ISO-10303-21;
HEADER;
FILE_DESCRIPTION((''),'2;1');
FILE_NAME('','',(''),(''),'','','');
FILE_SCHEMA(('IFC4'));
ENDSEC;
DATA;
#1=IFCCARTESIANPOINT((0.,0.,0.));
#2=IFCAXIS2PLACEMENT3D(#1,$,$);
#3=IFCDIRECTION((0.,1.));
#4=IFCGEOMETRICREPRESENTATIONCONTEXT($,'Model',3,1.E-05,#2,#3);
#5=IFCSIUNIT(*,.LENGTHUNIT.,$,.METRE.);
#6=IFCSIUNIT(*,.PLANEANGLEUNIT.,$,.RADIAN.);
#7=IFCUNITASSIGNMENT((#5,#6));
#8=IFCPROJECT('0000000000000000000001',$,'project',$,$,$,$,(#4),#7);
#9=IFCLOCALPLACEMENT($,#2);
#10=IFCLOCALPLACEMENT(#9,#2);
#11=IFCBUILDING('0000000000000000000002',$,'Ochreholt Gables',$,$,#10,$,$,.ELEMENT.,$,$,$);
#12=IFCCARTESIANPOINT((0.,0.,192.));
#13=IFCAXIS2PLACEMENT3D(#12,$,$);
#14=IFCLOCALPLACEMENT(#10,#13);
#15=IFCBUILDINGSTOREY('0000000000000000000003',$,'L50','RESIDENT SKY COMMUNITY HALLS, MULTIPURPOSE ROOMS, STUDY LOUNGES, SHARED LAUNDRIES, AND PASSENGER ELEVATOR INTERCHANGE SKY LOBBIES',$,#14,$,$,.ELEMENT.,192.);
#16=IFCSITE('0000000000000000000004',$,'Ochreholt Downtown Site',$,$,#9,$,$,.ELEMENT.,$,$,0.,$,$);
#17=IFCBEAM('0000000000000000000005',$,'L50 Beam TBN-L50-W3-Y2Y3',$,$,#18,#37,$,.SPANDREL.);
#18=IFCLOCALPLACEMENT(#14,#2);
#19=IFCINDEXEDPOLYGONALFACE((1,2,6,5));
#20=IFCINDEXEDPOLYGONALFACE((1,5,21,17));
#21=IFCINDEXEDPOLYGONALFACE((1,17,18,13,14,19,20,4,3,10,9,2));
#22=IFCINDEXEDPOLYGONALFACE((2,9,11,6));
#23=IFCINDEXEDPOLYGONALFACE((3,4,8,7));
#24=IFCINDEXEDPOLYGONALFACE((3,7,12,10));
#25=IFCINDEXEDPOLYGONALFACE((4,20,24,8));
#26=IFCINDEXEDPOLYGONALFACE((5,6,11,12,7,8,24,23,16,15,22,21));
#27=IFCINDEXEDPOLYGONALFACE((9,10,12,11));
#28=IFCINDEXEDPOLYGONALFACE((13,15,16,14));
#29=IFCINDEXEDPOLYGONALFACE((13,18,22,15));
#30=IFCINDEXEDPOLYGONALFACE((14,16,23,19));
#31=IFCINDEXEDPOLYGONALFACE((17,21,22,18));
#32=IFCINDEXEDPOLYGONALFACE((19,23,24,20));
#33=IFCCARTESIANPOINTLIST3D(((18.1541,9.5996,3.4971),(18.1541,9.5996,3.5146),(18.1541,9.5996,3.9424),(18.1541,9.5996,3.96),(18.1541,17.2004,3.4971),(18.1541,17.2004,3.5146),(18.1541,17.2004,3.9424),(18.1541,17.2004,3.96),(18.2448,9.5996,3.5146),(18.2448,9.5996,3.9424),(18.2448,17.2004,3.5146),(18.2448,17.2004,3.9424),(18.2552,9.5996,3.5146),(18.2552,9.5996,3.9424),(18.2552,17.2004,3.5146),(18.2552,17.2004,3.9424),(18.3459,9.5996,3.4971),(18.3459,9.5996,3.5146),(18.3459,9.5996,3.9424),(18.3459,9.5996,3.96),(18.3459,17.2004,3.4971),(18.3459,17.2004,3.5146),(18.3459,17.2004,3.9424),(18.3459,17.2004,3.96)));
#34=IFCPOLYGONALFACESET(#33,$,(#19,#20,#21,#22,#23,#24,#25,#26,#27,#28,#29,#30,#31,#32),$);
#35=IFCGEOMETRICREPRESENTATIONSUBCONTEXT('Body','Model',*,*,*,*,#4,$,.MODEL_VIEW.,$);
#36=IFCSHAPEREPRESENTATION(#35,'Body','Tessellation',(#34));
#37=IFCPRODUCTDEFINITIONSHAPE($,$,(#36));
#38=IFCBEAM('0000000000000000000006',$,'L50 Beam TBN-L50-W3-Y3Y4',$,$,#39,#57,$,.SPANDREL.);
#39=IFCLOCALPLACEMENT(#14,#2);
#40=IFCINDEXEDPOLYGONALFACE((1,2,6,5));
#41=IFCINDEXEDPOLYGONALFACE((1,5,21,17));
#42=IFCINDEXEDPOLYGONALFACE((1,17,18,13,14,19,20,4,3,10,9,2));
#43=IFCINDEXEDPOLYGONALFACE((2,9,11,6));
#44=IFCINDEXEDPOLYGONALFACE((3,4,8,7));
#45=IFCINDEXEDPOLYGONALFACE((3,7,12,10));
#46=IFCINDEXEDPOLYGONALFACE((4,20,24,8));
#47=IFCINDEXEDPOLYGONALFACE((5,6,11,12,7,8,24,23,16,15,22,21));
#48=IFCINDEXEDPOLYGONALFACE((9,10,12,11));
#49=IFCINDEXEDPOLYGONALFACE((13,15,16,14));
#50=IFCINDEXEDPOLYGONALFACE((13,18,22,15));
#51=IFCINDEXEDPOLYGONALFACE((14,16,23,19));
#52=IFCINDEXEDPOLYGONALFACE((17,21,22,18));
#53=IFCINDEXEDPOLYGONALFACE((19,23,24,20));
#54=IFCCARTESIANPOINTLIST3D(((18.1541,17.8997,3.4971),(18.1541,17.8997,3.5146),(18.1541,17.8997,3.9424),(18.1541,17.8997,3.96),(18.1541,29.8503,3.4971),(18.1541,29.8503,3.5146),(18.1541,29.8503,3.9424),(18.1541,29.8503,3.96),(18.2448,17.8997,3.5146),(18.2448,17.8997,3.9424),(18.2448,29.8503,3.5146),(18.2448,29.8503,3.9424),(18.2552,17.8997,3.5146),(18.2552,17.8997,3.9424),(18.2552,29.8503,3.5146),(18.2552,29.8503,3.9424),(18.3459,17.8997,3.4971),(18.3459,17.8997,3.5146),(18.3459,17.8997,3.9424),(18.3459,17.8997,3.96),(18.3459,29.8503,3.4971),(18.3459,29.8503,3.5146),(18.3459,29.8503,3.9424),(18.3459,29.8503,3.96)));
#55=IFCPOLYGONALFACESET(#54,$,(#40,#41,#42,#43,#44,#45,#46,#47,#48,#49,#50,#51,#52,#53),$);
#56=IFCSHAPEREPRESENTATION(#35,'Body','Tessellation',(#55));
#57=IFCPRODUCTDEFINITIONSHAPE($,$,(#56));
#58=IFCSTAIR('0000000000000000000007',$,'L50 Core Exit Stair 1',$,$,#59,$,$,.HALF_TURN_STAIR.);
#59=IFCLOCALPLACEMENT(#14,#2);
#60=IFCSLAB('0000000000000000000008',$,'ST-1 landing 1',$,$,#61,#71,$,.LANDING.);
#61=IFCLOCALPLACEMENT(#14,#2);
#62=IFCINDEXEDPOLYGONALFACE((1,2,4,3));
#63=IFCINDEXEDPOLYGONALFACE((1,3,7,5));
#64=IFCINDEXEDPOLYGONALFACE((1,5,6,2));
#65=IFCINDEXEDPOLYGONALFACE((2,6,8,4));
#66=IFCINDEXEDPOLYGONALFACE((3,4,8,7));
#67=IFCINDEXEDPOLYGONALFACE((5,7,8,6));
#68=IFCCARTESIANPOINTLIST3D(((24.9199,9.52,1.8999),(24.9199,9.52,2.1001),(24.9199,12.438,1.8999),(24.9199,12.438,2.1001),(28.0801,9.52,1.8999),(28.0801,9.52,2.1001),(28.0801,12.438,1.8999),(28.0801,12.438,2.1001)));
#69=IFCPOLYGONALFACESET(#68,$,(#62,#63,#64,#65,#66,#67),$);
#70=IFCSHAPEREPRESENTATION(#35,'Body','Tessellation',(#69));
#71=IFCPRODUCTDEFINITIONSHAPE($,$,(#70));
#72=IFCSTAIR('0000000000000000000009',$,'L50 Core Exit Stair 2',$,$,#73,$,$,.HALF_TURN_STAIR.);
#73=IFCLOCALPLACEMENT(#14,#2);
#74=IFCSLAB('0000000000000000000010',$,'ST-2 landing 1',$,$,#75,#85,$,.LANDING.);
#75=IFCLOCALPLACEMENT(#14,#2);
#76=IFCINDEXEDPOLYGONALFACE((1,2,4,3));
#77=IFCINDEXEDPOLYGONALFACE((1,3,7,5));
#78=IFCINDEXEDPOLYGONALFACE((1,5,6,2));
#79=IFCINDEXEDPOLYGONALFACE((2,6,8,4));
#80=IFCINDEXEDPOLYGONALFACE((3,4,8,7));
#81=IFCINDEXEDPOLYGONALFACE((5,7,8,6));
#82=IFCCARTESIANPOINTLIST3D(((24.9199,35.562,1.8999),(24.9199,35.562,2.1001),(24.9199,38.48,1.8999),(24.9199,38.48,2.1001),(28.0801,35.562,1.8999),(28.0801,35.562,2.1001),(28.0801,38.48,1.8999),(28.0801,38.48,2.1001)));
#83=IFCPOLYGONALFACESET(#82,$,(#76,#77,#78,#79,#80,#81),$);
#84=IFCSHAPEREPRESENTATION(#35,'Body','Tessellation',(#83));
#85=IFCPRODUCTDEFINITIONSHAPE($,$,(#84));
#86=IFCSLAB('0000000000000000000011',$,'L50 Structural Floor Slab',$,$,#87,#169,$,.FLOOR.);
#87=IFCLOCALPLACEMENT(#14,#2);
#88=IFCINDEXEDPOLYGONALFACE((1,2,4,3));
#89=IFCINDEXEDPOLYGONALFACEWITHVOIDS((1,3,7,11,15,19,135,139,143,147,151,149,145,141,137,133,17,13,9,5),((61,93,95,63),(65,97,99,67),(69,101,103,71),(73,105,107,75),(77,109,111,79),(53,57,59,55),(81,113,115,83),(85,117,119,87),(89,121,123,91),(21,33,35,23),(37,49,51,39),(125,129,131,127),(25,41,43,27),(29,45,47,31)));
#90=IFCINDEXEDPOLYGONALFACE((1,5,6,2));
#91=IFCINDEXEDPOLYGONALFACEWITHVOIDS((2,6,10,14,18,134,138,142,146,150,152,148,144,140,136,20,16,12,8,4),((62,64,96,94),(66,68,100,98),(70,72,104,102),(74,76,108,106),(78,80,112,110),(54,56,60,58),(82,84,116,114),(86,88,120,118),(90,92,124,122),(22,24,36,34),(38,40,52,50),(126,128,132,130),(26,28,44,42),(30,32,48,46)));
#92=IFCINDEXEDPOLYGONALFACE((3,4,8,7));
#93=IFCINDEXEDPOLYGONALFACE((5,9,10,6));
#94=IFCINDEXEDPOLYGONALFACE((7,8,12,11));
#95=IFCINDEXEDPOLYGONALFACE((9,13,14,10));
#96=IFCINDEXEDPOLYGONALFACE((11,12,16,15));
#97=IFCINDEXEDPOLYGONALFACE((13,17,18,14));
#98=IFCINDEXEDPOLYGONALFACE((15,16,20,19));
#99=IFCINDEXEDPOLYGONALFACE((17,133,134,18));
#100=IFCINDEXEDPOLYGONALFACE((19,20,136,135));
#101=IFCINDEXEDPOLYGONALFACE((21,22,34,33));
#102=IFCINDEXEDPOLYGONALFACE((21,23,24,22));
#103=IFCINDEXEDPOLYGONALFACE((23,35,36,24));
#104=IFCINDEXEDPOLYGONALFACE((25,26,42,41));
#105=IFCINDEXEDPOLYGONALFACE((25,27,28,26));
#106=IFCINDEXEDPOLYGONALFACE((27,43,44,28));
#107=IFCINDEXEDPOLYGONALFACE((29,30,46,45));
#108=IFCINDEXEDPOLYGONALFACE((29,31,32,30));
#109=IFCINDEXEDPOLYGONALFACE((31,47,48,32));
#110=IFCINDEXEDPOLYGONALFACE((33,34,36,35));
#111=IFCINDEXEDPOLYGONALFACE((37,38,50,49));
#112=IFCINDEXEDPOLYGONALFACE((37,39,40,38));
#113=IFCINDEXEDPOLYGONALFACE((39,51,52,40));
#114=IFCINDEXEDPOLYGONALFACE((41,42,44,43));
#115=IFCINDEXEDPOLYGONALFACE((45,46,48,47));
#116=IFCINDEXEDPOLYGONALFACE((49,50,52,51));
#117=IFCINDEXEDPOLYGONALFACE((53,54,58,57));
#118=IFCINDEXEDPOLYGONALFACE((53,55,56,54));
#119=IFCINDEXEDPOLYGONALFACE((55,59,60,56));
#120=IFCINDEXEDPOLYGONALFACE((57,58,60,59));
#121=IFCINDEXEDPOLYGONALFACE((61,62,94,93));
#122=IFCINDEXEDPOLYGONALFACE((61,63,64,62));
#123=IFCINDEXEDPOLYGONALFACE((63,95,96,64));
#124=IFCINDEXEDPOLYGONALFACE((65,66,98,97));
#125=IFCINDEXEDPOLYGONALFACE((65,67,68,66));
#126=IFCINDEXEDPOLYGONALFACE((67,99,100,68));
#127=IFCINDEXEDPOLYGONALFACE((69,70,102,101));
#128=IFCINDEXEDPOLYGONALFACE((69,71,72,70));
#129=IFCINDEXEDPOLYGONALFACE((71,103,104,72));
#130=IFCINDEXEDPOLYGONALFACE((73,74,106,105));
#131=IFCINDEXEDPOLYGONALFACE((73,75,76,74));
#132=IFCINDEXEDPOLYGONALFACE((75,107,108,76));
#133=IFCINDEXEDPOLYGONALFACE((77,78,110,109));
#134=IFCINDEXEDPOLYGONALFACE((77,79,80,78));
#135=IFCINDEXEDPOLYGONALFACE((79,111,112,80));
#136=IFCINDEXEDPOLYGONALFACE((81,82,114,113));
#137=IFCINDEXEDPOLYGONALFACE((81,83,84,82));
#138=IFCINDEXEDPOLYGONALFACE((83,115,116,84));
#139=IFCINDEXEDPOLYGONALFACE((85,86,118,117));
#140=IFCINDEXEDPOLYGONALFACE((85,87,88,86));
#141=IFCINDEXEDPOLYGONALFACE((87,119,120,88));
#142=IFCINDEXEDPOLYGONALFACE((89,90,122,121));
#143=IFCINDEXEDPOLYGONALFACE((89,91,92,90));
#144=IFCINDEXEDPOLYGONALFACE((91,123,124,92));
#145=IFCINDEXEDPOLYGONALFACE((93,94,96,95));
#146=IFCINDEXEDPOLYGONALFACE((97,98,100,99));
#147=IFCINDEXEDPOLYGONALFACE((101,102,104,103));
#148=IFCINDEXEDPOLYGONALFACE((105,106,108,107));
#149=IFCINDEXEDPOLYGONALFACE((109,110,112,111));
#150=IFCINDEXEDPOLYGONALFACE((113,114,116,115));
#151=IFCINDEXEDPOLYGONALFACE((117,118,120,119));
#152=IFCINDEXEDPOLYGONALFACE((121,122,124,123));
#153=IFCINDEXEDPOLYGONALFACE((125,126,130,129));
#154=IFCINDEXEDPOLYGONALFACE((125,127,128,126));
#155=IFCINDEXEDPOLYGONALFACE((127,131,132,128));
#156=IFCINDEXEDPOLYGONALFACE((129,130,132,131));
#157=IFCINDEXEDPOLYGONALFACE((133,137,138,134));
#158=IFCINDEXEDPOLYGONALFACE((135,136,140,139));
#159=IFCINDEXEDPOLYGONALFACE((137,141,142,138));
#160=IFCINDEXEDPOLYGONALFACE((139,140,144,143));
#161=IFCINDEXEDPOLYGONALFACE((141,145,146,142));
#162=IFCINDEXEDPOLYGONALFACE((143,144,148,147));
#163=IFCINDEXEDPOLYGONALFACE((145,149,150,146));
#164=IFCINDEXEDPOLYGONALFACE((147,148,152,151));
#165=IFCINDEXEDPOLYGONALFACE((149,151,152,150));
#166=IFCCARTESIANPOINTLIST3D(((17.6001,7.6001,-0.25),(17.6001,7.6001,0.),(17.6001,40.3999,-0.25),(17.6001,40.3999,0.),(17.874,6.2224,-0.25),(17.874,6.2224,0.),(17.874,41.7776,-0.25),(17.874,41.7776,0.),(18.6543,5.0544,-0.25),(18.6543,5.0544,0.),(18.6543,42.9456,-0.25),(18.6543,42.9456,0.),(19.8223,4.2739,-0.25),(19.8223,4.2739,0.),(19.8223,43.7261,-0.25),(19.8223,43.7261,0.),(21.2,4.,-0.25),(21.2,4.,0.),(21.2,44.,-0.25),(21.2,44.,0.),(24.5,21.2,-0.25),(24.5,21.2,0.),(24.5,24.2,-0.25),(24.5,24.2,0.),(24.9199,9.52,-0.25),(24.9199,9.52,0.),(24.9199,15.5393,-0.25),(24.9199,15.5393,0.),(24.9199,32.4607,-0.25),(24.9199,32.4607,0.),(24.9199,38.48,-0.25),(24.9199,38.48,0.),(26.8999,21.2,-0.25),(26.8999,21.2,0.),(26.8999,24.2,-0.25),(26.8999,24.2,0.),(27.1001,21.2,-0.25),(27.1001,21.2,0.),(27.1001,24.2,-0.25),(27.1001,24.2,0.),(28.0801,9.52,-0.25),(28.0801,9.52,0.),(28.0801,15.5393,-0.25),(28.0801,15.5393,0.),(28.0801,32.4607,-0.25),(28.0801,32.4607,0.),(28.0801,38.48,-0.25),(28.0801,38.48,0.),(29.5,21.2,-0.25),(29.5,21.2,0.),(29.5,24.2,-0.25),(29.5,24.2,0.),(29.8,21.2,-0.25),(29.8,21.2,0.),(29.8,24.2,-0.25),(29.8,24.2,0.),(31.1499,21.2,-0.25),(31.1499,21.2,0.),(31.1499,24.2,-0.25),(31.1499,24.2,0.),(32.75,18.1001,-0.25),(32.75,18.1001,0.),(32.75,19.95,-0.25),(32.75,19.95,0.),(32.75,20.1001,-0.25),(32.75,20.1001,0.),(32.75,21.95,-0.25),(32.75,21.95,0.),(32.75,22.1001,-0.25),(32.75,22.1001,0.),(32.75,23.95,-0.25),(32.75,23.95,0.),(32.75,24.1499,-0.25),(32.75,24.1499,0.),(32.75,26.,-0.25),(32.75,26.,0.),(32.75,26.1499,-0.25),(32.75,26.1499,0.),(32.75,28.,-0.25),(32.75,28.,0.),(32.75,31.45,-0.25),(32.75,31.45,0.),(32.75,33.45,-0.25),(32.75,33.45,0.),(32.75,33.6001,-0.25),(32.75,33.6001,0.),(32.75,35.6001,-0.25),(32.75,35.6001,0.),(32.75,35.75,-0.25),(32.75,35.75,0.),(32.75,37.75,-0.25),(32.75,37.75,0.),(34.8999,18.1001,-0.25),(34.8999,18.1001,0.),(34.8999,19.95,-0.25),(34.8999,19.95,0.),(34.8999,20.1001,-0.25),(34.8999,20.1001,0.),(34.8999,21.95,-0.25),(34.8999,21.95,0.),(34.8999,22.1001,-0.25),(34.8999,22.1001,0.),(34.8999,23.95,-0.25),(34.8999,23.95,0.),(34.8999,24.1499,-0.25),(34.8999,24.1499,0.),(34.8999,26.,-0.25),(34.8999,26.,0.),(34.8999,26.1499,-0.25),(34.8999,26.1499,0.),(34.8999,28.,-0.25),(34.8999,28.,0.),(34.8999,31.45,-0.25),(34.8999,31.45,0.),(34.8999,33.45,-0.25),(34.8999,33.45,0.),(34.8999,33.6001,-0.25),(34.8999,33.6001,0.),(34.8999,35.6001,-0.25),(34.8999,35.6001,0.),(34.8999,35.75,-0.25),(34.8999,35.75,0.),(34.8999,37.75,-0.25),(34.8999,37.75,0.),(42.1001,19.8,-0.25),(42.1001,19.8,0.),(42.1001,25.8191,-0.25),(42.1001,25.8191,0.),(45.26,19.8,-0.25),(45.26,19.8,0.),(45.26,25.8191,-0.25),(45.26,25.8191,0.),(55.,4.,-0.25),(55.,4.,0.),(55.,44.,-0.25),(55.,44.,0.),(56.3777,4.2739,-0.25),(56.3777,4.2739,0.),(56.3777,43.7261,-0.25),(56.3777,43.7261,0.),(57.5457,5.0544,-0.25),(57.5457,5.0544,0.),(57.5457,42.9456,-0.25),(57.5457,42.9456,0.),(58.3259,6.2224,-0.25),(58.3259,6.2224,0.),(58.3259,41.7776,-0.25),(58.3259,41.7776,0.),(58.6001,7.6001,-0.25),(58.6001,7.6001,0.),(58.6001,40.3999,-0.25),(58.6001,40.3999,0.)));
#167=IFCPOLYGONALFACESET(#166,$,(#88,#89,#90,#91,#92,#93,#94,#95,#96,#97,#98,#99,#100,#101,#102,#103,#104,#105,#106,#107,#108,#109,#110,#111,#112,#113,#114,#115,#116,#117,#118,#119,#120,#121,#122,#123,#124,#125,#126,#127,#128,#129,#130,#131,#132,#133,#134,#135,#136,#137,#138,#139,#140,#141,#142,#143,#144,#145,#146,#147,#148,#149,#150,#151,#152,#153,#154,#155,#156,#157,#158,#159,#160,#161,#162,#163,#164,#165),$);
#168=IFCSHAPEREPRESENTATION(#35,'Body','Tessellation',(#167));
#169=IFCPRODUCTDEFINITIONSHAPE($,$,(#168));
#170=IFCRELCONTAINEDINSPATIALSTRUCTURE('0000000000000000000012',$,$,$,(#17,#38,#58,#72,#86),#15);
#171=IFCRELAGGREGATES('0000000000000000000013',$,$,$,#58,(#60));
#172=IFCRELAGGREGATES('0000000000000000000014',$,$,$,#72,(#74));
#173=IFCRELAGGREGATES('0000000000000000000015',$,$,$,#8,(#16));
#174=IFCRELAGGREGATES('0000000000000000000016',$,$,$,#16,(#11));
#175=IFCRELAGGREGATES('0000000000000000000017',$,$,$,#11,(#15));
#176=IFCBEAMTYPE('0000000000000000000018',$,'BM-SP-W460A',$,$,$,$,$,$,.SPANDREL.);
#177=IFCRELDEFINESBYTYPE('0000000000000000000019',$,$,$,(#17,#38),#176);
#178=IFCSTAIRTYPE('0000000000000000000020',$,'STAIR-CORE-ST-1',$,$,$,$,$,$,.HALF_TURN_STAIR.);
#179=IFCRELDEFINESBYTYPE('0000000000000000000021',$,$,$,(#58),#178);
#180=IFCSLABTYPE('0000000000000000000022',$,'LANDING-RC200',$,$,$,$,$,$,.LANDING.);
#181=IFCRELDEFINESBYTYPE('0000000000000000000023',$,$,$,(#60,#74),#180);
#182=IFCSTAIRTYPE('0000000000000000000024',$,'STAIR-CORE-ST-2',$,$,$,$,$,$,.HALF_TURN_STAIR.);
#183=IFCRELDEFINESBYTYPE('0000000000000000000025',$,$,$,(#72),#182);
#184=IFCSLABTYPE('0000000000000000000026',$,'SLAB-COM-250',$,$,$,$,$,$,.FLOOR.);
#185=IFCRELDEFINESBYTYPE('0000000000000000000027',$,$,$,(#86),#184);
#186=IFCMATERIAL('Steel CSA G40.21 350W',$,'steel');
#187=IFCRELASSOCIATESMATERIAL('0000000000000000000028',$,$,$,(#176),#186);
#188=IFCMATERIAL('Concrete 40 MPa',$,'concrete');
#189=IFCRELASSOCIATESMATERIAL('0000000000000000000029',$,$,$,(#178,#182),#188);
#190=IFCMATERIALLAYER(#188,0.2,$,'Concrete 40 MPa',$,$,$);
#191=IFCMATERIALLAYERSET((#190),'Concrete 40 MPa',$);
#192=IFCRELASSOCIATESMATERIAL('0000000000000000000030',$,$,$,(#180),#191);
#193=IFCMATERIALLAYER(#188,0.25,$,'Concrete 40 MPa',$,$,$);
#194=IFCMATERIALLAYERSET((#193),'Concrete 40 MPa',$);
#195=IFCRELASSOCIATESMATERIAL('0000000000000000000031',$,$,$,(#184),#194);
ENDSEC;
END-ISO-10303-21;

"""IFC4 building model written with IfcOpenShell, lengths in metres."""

from ifc_helpers import new_model, si_unit, direction, frame, origin, origin_2d, place, context, subcontext, project, spatial, polyline, i_section, outline, extrude, material, layer, layer_set, material_profile, profile_set, type_object, element, aggregate, save


model = new_model("IFC4")

# Units and contexts
model_context = context("Model", 3, precision=1e-05, world=origin(), true_north=direction((0.0, 1.0)))
body_context = subcontext(model_context, "Body", "Model", "MODEL_VIEW")
ifc_project = project(units=[si_unit("LENGTHUNIT", "METRE"), si_unit("PLANEANGLEUNIT", "RADIAN")], contexts=[model_context])

# Site, building, storey
site_placement = place(None, origin())
site = spatial("IfcSite", under=ifc_project, at=site_placement, Name="Ochreholt Downtown Site", CompositionType="ELEMENT", RefElevation=0.0)
building_placement = place(site_placement, origin())
building = spatial("IfcBuilding", under=site, at=building_placement, Name="Ochreholt Gables", CompositionType="ELEMENT")
storey_placement = place(building_placement, frame((0.0, 0.0, 192.0)))
storey = spatial("IfcBuildingStorey", under=building, at=storey_placement, Name="L50", Description="RESIDENT SKY COMMUNITY HALLS, MULTIPURPOSE ROOMS, STUDY LOUNGES, SHARED LAUNDRIES, AND PASSENGER ELEVATOR INTERCHANGE SKY LOBBIES", CompositionType="ELEMENT", Elevation=192.0)

# Beams
ifc_material_1 = material(Name="Steel CSA G40.21 350W", Category="steel")
ifc_material_profile_1 = material_profile(ifc_material_1, i_section(OverallWidth=0.1919, OverallDepth=0.4629, WebThickness=0.0105, FlangeThickness=0.0176, at=origin_2d()), Name="W460X89")
ifc_profile_set_1 = profile_set([ifc_material_profile_1], Name="Steel CSA G40.21 350W")
beam_type_1 = type_object("IfcBeamType", Name="BM-SP-W460A", PredefinedType="SPANDREL", material=ifc_profile_set_1)
beam_1_placement = place(storey_placement, frame((18.25, 9.5996, 3.7285), z_axis=(0.0, 1.0, 0.0), x_axis=(-1.0, 0.0, 0.0)))
element("IfcBeam", 1, at=beam_1_placement, inside=storey, type_object=beam_type_1, Name="L50 Beam TBN-L50-W3-Y2Y3", PredefinedType="SPANDREL", context=body_context, shape_type="SweptSolid", body=[
    extrude(i_section(OverallWidth=0.1919, OverallDepth=0.4629, WebThickness=0.0105, FlangeThickness=0.0176, at=origin_2d()), origin(), (0.0, 0.0, 1.0), 7.6008),
])
beam_2_placement = place(storey_placement, frame((18.25, 17.8997, 3.7285), z_axis=(0.0, 1.0, 0.0), x_axis=(-1.0, 0.0, 0.0)))
element("IfcBeam", 2, at=beam_2_placement, inside=storey, type_object=beam_type_1, Name="L50 Beam TBN-L50-W3-Y3Y4", PredefinedType="SPANDREL", context=body_context, shape_type="SweptSolid", body=[
    extrude(i_section(OverallWidth=0.1919, OverallDepth=0.4629, WebThickness=0.0105, FlangeThickness=0.0176, at=origin_2d()), origin(), (0.0, 0.0, 1.0), 11.9507),
])

# Stairs, slabs
ifc_material_2 = material(Name="Concrete 40 MPa", Category="concrete")
stair_type_1 = type_object("IfcStairType", Name="STAIR-CORE-ST-1", PredefinedType="HALF_TURN_STAIR", material=ifc_material_2)
stair_1_placement = place(storey_placement, origin())
stair_1 = element("IfcStair", 3, at=stair_1_placement, inside=storey, type_object=stair_type_1, Name="L50 Core Exit Stair 1", PredefinedType="HALF_TURN_STAIR")
ifc_layer_1 = layer(ifc_material_2, 0.2, Name="Concrete 40 MPa")
ifc_layer_set_1 = layer_set([ifc_layer_1], Name="Concrete 40 MPa")
slab_type_1 = type_object("IfcSlabType", Name="LANDING-RC200", PredefinedType="LANDING", material=ifc_layer_set_1)
slab_1_placement = place(storey_placement, frame((0.0, 0.0, 1.8999)))
slab_1 = element("IfcSlab", 4, at=slab_1_placement, type_object=slab_type_1, Name="ST-1 landing 1", PredefinedType="LANDING", context=body_context, shape_type="SweptSolid", body=[
    extrude(outline(polyline([(24.9199, 12.438), (24.9199, 9.52), (28.0801, 9.52), (28.0801, 12.438), (24.9199, 12.438)])), origin(), (0.0, 0.0, 1.0), 0.2002),
])
aggregate(stair_1, [slab_1])
stair_type_2 = type_object("IfcStairType", Name="STAIR-CORE-ST-2", PredefinedType="HALF_TURN_STAIR", material=ifc_material_2)
stair_2_placement = place(storey_placement, origin())
stair_2 = element("IfcStair", 5, at=stair_2_placement, inside=storey, type_object=stair_type_2, Name="L50 Core Exit Stair 2", PredefinedType="HALF_TURN_STAIR")
slab_2_placement = place(storey_placement, frame((0.0, 0.0, 1.8999)))
slab_2 = element("IfcSlab", 6, at=slab_2_placement, type_object=slab_type_1, Name="ST-2 landing 1", PredefinedType="LANDING", context=body_context, shape_type="SweptSolid", body=[
    extrude(outline(polyline([(28.0801, 35.562), (28.0801, 38.48), (24.9199, 38.48), (24.9199, 35.562), (28.0801, 35.562)])), origin(), (0.0, 0.0, 1.0), 0.2002),
])
aggregate(stair_2, [slab_2])

# Slab
ifc_layer_2 = layer(ifc_material_2, 0.25, Name="Concrete 40 MPa")
ifc_layer_set_2 = layer_set([ifc_layer_2], Name="Concrete 40 MPa")
slab_type_2 = type_object("IfcSlabType", Name="SLAB-COM-250", PredefinedType="FLOOR", material=ifc_layer_set_2)
slab_3_placement = place(storey_placement, frame((0.0, 0.0, -0.25)))
element("IfcSlab", 7, at=slab_3_placement, inside=storey, type_object=slab_type_2, Name="L50 Structural Floor Slab", PredefinedType="FLOOR", context=body_context, shape_type="SweptSolid", body=[
    extrude(outline(polyline([(17.6001, 7.6001), (17.874, 6.2224), (18.6543, 5.0544), (19.8223, 4.2739), (21.2, 4.0), (55.0, 4.0), (56.3777, 4.2739), (57.5457, 5.0544), (58.3259, 6.2224), (58.6001, 7.6001), (58.6001, 40.3999), (58.3259, 41.7776), (57.5457, 42.9456), (56.3777, 43.7261), (55.0, 44.0), (21.2, 44.0), (19.8223, 43.7261), (18.6543, 42.9456), (17.874, 41.7776), (17.6001, 40.3999), (17.6001, 7.6001)]), holes=[polyline([(24.9199, 15.5393), (24.9199, 9.52), (28.0801, 9.52), (28.0801, 15.5393), (24.9199, 15.5393)]), polyline([(28.0801, 32.4607), (28.0801, 38.48), (24.9199, 38.48), (24.9199, 32.4607), (28.0801, 32.4607)]), polyline([(42.1001, 25.8191), (42.1001, 19.8), (45.26, 19.8), (45.26, 25.8191), (42.1001, 25.8191)]), polyline([(24.5, 21.2), (26.8999, 21.2), (26.8999, 24.2), (24.5, 24.2), (24.5, 21.2)]), polyline([(27.1001, 21.2), (29.5, 21.2), (29.5, 24.2), (27.1001, 24.2), (27.1001, 21.2)]), polyline([(32.75, 18.1001), (34.8999, 18.1001), (34.8999, 19.95), (32.75, 19.95), (32.75, 18.1001)]), polyline([(32.75, 20.1001), (34.8999, 20.1001), (34.8999, 21.95), (32.75, 21.95), (32.75, 20.1001)]), polyline([(32.75, 22.1001), (34.8999, 22.1001), (34.8999, 23.95), (32.75, 23.95), (32.75, 22.1001)]), polyline([(32.75, 24.1499), (34.8999, 24.1499), (34.8999, 26.0), (32.75, 26.0), (32.75, 24.1499)]), polyline([(32.75, 26.1499), (34.8999, 26.1499), (34.8999, 28.0), (32.75, 28.0), (32.75, 26.1499)]), polyline([(32.75, 31.45), (34.8999, 31.45), (34.8999, 33.45), (32.75, 33.45), (32.75, 31.45)]), polyline([(32.75, 33.6001), (34.8999, 33.6001), (34.8999, 35.6001), (32.75, 35.6001), (32.75, 33.6001)]), polyline([(32.75, 35.75), (34.8999, 35.75), (34.8999, 37.75), (32.75, 37.75), (32.75, 35.75)]), polyline([(29.8, 21.2), (31.1499, 21.2), (31.1499, 24.2), (29.8, 24.2), (29.8, 21.2)])]), origin(), (0.0, 0.0, 1.0), 0.25),
])

save(model, "model.ifc")
